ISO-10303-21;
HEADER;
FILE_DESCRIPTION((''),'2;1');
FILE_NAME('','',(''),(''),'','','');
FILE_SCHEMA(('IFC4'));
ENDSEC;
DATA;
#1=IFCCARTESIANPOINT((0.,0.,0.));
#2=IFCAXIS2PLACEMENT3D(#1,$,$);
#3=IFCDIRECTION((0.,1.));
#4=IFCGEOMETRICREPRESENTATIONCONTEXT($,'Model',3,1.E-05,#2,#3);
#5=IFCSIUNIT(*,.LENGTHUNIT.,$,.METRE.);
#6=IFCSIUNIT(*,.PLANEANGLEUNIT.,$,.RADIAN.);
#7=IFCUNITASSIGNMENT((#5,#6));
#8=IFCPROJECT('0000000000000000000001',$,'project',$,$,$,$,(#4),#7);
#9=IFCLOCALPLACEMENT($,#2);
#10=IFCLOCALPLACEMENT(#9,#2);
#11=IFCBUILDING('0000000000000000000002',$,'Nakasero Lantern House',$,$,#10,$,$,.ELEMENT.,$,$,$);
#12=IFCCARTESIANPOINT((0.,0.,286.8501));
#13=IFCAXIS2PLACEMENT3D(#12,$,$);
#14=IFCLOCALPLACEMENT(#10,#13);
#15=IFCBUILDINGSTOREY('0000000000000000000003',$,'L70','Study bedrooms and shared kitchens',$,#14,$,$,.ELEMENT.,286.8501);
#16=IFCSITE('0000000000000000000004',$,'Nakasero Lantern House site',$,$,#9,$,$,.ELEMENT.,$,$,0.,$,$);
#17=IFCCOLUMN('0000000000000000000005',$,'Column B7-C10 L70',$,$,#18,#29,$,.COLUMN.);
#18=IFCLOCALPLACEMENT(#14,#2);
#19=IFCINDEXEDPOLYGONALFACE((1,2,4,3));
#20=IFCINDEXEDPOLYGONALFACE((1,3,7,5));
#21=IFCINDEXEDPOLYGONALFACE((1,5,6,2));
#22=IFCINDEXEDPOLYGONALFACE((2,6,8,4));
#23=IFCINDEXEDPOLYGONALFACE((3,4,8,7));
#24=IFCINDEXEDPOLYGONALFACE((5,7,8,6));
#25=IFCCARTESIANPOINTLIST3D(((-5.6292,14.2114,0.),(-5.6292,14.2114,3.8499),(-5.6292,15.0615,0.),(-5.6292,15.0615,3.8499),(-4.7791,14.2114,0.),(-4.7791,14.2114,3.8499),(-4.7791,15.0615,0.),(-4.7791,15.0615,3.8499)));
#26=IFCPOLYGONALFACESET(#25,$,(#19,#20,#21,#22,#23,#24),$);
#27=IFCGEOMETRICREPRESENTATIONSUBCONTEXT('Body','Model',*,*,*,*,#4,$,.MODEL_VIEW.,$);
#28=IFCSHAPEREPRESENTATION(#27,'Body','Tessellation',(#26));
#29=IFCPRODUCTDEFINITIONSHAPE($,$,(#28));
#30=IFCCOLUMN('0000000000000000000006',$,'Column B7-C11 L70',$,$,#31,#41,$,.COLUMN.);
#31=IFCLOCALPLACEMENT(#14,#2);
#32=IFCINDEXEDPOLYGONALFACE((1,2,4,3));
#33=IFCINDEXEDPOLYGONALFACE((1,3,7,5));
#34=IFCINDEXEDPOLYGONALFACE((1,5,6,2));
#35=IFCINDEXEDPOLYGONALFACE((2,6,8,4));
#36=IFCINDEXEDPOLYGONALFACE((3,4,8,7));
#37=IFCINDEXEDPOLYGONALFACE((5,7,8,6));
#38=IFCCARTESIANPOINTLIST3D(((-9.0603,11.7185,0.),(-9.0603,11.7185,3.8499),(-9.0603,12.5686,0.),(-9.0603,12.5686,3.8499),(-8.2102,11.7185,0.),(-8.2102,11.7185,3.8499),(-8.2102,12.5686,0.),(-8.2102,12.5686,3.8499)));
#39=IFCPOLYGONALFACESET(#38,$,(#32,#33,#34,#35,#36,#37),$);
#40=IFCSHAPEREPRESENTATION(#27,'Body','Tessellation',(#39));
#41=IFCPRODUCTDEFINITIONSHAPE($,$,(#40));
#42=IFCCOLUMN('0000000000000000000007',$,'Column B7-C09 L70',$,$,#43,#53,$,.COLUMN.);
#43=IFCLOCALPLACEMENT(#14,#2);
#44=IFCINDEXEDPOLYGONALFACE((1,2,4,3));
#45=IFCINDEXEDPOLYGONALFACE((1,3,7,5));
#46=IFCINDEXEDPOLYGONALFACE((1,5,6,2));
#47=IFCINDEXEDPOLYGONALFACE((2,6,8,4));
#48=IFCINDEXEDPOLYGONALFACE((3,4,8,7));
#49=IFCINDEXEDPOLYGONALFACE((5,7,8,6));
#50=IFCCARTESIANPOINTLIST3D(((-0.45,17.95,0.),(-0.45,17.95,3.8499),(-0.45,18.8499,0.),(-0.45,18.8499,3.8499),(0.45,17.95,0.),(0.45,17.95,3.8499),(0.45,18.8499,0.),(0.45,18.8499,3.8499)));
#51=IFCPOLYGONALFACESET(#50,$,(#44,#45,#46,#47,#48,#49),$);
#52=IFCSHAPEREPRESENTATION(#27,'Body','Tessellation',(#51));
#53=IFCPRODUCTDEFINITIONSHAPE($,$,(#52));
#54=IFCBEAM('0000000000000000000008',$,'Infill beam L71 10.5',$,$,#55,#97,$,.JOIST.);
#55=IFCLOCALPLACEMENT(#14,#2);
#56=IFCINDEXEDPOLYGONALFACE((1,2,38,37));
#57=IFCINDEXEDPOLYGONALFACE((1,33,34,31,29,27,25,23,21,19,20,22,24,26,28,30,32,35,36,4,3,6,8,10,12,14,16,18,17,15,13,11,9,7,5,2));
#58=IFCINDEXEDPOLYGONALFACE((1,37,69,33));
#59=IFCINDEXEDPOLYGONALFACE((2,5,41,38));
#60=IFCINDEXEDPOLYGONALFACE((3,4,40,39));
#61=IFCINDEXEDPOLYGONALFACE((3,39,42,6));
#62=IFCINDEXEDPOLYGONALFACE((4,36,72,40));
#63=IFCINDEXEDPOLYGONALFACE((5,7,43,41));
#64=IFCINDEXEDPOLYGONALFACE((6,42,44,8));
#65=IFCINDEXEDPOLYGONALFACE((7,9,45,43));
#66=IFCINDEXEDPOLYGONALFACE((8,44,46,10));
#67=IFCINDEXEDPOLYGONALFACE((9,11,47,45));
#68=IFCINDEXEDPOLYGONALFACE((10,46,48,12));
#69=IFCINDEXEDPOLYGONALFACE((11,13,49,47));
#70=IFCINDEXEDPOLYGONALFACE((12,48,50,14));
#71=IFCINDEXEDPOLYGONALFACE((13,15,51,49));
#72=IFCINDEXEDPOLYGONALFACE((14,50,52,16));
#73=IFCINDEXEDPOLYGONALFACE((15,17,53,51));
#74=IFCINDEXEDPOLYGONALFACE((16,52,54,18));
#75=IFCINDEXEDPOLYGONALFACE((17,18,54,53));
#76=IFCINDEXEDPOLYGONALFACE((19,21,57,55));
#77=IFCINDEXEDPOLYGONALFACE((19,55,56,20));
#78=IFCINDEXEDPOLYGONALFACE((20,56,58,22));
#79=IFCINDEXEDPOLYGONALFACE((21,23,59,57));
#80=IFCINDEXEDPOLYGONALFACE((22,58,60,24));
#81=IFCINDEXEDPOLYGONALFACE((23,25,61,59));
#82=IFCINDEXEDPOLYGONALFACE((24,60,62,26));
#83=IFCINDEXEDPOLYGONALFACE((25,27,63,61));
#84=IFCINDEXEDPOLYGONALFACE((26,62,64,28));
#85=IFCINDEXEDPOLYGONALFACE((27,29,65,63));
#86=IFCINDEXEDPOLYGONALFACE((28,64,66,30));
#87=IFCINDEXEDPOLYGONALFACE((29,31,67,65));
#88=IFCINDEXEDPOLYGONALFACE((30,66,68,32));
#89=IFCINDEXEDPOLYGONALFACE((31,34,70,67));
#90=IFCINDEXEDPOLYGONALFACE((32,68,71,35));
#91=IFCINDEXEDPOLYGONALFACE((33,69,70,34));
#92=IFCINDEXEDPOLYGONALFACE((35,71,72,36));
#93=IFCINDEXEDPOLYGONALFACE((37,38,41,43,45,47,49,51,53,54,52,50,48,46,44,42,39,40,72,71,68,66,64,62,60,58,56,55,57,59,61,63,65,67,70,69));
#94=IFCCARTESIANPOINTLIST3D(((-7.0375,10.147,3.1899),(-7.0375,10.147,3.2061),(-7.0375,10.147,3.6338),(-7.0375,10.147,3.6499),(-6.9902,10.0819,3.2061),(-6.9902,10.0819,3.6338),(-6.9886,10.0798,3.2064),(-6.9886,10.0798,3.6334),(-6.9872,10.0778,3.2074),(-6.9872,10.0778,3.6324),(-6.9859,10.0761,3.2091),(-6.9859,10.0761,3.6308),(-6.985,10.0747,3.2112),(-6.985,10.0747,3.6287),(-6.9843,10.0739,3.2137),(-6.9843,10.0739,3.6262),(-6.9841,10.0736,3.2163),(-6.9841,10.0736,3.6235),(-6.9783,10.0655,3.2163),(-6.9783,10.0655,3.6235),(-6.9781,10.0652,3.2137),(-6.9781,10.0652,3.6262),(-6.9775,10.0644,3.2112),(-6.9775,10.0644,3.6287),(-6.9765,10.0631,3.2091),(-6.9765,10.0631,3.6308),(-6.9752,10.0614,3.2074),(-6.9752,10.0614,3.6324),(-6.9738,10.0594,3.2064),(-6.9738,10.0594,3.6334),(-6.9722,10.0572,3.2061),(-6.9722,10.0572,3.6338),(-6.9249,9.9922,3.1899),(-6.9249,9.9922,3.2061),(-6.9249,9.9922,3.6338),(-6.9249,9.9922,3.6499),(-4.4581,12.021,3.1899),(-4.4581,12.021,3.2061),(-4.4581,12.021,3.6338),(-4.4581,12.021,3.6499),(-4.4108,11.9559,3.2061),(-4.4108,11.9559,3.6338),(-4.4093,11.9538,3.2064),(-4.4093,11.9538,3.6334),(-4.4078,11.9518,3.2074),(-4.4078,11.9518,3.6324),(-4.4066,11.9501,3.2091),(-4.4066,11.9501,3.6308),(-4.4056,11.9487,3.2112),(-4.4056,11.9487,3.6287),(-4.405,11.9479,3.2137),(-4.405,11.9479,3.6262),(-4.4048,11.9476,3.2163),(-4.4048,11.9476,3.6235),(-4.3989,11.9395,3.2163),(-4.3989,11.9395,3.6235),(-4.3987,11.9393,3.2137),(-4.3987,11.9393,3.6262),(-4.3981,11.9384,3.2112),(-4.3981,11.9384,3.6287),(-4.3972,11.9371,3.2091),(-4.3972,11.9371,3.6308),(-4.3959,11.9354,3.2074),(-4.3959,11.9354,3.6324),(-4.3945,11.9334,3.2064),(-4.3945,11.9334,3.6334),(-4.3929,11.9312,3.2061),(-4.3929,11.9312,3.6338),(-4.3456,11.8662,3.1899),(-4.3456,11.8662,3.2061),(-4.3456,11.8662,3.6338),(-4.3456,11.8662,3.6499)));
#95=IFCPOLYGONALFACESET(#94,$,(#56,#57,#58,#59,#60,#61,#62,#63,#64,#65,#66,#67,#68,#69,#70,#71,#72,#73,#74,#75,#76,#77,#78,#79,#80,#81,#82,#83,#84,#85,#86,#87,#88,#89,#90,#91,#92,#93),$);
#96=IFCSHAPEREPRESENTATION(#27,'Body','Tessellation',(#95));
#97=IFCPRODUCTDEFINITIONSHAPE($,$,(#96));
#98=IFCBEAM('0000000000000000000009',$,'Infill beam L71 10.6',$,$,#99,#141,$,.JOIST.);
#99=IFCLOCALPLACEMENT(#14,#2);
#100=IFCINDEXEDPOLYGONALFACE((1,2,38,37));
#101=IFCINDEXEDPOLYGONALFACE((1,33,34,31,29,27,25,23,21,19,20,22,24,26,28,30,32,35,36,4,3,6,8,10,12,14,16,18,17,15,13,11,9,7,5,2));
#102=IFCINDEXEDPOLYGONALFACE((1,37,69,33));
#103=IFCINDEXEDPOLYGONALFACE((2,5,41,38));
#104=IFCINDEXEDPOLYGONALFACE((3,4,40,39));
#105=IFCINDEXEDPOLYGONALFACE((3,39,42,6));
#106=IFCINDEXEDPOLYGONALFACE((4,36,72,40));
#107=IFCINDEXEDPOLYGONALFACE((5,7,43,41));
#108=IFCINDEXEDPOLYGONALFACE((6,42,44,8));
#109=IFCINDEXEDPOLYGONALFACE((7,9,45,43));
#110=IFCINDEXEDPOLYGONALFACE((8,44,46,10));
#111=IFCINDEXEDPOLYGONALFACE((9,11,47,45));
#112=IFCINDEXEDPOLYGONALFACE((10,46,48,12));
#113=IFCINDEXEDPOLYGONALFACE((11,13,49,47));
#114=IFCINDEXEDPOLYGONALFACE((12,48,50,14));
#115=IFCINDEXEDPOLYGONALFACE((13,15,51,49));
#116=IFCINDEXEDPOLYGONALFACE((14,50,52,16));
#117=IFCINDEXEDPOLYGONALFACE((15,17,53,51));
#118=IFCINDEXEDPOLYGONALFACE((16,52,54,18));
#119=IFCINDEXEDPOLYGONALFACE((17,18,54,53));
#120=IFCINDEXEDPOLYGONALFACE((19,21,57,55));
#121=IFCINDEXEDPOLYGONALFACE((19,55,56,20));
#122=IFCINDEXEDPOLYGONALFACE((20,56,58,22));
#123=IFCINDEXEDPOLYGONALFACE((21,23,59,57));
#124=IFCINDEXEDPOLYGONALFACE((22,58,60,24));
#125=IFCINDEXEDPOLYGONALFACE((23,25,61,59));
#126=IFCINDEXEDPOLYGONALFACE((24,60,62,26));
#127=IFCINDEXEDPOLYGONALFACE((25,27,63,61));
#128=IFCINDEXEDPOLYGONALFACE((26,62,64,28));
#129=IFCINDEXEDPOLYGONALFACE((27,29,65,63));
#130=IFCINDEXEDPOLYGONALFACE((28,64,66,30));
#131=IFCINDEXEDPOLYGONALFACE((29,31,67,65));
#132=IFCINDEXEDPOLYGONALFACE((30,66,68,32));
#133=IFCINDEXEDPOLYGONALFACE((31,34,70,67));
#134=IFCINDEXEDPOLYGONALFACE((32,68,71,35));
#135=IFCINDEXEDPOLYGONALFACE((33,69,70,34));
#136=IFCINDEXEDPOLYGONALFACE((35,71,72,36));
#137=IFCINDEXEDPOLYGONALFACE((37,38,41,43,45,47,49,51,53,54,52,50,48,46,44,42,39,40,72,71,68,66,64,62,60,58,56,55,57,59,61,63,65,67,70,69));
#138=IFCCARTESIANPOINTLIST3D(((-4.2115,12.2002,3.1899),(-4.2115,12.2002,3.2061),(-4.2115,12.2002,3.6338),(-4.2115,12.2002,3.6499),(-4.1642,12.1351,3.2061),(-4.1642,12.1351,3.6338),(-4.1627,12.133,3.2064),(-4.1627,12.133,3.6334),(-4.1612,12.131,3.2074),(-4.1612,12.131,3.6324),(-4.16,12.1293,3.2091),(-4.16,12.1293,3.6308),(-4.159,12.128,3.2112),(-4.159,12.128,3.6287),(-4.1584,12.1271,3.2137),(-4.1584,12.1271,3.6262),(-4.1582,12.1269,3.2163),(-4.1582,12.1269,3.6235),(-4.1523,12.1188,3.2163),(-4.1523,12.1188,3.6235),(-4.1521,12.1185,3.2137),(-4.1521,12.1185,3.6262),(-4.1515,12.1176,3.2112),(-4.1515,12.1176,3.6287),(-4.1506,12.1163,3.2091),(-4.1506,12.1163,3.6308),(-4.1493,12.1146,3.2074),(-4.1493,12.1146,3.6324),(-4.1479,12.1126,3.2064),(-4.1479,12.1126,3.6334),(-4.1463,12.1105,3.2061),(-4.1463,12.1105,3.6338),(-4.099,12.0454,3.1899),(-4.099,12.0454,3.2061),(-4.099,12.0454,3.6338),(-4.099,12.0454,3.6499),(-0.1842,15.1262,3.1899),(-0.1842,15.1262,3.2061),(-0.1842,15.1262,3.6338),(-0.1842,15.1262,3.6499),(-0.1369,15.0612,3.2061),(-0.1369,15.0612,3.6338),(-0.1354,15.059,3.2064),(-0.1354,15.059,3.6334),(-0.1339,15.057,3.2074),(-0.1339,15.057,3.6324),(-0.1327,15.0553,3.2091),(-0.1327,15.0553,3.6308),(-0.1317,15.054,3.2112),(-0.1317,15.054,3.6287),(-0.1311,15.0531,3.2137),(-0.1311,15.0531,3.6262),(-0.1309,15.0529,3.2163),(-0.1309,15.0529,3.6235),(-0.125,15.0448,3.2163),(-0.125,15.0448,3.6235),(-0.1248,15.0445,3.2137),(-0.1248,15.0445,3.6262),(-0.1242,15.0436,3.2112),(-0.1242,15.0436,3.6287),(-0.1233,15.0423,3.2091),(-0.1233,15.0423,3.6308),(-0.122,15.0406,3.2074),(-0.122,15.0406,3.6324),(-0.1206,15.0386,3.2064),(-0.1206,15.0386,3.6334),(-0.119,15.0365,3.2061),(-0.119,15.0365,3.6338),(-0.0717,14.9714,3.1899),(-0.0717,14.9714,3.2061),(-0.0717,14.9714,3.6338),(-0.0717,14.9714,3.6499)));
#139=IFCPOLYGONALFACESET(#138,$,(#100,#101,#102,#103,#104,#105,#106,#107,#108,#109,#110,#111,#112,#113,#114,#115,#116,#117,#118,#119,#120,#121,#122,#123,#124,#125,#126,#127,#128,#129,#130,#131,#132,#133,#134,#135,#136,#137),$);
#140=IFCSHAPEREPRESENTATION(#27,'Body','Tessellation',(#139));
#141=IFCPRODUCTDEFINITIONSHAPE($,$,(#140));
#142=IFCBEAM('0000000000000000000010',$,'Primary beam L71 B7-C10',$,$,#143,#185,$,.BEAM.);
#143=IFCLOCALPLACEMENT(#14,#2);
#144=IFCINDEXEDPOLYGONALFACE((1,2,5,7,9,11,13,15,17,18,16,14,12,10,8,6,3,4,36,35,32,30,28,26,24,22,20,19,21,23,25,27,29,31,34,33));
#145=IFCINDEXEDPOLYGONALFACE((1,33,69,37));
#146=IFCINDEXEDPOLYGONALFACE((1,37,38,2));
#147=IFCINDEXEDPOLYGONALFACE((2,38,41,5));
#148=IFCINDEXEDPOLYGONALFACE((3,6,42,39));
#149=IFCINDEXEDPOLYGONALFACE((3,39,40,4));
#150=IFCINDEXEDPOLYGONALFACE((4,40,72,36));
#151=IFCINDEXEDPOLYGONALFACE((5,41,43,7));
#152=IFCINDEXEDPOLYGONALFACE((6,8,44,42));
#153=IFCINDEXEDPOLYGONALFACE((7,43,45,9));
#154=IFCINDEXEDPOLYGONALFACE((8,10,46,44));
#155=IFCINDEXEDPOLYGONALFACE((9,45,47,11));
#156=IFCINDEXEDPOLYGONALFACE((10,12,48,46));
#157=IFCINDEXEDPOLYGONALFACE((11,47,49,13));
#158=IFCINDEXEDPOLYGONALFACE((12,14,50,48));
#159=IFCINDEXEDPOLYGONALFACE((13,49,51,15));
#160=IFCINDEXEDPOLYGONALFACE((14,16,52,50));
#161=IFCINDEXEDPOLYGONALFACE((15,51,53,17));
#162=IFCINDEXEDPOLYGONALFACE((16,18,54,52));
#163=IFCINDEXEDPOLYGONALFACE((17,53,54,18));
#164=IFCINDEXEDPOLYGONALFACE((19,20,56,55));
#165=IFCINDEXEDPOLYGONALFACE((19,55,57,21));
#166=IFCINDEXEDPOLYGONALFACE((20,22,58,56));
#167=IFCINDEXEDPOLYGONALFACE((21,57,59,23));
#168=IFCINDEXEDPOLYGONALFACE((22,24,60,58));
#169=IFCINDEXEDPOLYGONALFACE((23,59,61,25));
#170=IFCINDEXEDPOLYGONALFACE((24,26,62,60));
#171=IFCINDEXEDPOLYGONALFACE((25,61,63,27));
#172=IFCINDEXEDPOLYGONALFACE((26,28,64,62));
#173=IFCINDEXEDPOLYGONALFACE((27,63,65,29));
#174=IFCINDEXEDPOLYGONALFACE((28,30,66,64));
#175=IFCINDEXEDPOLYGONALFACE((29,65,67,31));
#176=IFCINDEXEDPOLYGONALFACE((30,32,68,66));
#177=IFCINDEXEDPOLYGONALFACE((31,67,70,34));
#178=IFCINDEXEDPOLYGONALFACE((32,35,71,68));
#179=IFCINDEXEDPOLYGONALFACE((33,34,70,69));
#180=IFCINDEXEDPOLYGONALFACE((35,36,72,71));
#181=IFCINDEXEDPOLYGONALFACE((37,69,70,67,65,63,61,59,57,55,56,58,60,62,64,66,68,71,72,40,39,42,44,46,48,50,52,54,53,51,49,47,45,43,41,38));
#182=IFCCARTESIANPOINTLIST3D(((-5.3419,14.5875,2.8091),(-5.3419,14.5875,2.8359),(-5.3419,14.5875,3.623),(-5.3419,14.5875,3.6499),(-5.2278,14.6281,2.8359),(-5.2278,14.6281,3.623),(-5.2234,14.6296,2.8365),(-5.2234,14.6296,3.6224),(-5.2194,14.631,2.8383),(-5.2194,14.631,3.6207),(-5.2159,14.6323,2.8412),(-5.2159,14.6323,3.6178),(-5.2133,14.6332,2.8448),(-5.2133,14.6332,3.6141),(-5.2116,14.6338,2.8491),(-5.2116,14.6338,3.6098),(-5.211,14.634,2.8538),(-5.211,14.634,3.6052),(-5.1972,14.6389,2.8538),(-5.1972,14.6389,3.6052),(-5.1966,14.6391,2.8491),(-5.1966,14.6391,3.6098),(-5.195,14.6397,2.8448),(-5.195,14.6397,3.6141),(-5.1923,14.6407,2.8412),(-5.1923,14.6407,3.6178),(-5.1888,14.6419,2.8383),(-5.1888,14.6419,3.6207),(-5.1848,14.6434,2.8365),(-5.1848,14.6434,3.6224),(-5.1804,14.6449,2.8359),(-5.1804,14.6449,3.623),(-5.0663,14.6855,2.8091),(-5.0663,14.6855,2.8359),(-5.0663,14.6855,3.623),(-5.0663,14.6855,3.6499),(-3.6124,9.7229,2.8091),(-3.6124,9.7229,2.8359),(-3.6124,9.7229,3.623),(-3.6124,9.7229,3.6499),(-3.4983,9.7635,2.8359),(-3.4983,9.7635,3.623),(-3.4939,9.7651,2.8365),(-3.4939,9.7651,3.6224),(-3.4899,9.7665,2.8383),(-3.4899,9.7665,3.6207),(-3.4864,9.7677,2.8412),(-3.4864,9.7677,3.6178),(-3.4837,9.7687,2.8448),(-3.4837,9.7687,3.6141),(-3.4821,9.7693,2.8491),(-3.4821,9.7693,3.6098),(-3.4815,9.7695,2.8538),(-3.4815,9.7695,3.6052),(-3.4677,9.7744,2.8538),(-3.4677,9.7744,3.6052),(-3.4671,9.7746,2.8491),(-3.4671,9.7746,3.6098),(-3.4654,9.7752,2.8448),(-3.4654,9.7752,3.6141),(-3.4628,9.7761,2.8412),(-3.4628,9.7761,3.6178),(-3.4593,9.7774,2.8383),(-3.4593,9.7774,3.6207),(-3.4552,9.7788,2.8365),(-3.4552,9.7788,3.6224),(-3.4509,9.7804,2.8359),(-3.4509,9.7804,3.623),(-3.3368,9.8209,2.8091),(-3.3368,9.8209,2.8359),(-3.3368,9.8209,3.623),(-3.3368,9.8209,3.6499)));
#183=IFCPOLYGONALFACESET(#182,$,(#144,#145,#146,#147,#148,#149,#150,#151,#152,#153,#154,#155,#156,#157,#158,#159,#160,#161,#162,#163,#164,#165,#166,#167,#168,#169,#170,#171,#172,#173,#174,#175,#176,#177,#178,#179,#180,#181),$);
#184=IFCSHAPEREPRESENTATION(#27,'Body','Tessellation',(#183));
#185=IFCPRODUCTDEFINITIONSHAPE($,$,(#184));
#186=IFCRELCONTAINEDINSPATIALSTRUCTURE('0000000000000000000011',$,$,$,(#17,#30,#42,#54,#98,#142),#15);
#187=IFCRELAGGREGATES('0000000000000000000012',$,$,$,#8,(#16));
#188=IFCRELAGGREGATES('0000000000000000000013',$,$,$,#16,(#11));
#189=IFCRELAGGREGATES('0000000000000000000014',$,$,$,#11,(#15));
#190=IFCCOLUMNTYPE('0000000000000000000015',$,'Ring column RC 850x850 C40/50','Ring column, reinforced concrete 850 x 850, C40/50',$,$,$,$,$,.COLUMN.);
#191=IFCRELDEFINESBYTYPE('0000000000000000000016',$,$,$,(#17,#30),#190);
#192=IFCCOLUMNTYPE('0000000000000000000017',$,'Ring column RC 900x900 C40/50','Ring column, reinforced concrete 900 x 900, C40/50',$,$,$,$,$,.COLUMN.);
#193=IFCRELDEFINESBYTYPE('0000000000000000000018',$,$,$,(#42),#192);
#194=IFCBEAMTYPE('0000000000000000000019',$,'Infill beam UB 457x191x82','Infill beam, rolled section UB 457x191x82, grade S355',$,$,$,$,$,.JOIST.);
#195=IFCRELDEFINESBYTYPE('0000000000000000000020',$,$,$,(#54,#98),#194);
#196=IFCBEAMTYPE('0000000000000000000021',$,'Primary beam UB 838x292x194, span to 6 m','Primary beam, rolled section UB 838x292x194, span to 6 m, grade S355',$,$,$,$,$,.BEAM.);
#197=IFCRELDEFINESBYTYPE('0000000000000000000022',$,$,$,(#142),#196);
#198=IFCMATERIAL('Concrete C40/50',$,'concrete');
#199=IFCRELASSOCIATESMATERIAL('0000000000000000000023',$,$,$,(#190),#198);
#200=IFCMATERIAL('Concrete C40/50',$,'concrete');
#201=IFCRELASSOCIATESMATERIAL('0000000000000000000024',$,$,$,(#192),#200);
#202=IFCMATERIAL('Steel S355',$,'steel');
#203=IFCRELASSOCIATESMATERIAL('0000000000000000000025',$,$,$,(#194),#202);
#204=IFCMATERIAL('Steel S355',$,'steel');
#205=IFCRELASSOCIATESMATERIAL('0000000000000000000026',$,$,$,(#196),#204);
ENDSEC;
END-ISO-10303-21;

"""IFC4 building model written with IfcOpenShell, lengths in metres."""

from ifc_helpers import new_model, si_unit, direction, frame, origin, origin_2d, place, context, subcontext, project, spatial, rectangle, i_section, extrude, material, material_profile, profile_set, type_object, element, save


model = new_model("IFC4")

# Units and contexts
model_context = context("Model", 3, precision=1e-05, world=origin(), true_north=direction((0.0, 1.0)))
body_context = subcontext(model_context, "Body", "Model", "MODEL_VIEW")
ifc_project = project(units=[si_unit("LENGTHUNIT", "METRE"), si_unit("PLANEANGLEUNIT", "RADIAN")], contexts=[model_context])

# Site, building, storey
site_placement = place(None, origin())
site = spatial("IfcSite", under=ifc_project, at=site_placement, Name="Nakasero Lantern House site", CompositionType="ELEMENT", RefElevation=0.0)
building_placement = place(site_placement, origin())
building = spatial("IfcBuilding", under=site, at=building_placement, Name="Nakasero Lantern House", CompositionType="ELEMENT")
storey_placement = place(building_placement, frame((0.0, 0.0, 286.8501)))
storey = spatial("IfcBuildingStorey", under=building, at=storey_placement, Name="L70", Description="Study bedrooms and shared kitchens", CompositionType="ELEMENT", Elevation=286.8501)

# Columns
ifc_material_1 = material(Name="Concrete C40/50", Category="concrete")
ifc_material_profile_1 = material_profile(ifc_material_1, rectangle(XDim=0.8501, YDim=0.8501, at=origin_2d()), Name="RC 850x850")
ifc_profile_set_1 = profile_set([ifc_material_profile_1], Name="Concrete C40/50")
column_type_1 = type_object("IfcColumnType", Name="Ring column RC 850x850 C40/50", Description="Ring column, reinforced concrete 850 x 850, C40/50", PredefinedType="COLUMN", material=ifc_profile_set_1)
for number, where, z_axis, x_axis, name in (
    (1, (-5.2041, 14.6365, 0.0), (0.0, 0.0, 1.0), (1.0, 0.0, 0.0), "Column B7-C10 L70"),
    (2, (-8.6353, 12.1436, 0.0), (0.0, 0.0, 1.0), (1.0, 0.0, 0.0), "Column B7-C11 L70"),
):
    element("IfcColumn", number, at=place(storey_placement, frame(where, z_axis=z_axis, x_axis=x_axis)), inside=storey, type_object=column_type_1, Name=name, PredefinedType="COLUMN", context=body_context, shape_type="SweptSolid", body=[
        extrude(rectangle(XDim=0.8501, YDim=0.8501, at=origin_2d()), origin(), (0.0, 0.0, 1.0), 3.8499),
    ])
ifc_material_2 = material(Name="Concrete C40/50", Category="concrete")
ifc_material_profile_2 = material_profile(ifc_material_2, rectangle(XDim=0.8999, YDim=0.8999, at=origin_2d()), Name="RC 900x900")
ifc_profile_set_2 = profile_set([ifc_material_profile_2], Name="Concrete C40/50")
column_type_2 = type_object("IfcColumnType", Name="Ring column RC 900x900 C40/50", Description="Ring column, reinforced concrete 900 x 900, C40/50", PredefinedType="COLUMN", material=ifc_profile_set_2)
column_placement = place(storey_placement, frame((0.0, 18.3999, 0.0), z_axis=(0.0, 0.0, 1.0), x_axis=(1.0, 0.0, 0.0)))
element("IfcColumn", 3, at=column_placement, inside=storey, type_object=column_type_2, Name="Column B7-C09 L70", PredefinedType="COLUMN", context=body_context, shape_type="SweptSolid", body=[
    extrude(rectangle(XDim=0.8999, YDim=0.8999, at=origin_2d()), origin(), (0.0, 0.0, 1.0), 3.8499),
])

# Beams
ifc_material_3 = material(Name="Steel S355", Category="steel")
ifc_material_profile_3 = material_profile(ifc_material_3, i_section(OverallWidth=0.1914, OverallDepth=0.46, WebThickness=0.01, FlangeThickness=0.0161, FilletRadius=0.0103, at=origin_2d()), Name="UB 457x191x82")
ifc_profile_set_3 = profile_set([ifc_material_profile_3], Name="Steel S355")
beam_type_1 = type_object("IfcBeamType", Name="Infill beam UB 457x191x82", Description="Infill beam, rolled section UB 457x191x82, grade S355", PredefinedType="JOIST", material=ifc_profile_set_3)
beam_1_placement = place(storey_placement, frame((-6.9812, 10.0696, 3.4199), z_axis=(0.809014, 0.587789, 0.0), x_axis=(-0.587789, 0.809014, 0.0)))
element("IfcBeam", 4, at=beam_1_placement, inside=storey, type_object=beam_type_1, Name="Infill beam L71 10.5", PredefinedType="JOIST", context=body_context, shape_type="SweptSolid", body=[
    extrude(i_section(OverallWidth=0.1914, OverallDepth=0.46, WebThickness=0.01, FlangeThickness=0.0161, FilletRadius=0.0103, at=origin_2d()), origin(), (0.0, 0.0, 1.0), 3.1882),
])
beam_2_placement = place(storey_placement, frame((-4.1553, 12.1228, 3.4199), z_axis=(0.809018, 0.587784, 0.0), x_axis=(-0.587784, 0.809018, 0.0)))
element("IfcBeam", 5, at=beam_2_placement, inside=storey, type_object=beam_type_1, Name="Infill beam L71 10.6", PredefinedType="JOIST", context=body_context, shape_type="SweptSolid", body=[
    extrude(i_section(OverallWidth=0.1914, OverallDepth=0.46, WebThickness=0.01, FlangeThickness=0.0161, FilletRadius=0.0103, at=origin_2d()), origin(), (0.0, 0.0, 1.0), 4.978),
])
ifc_material_4 = material(Name="Steel S355", Category="steel")
ifc_material_profile_4 = material_profile(ifc_material_4, i_section(OverallWidth=0.2925, OverallDepth=0.8408, WebThickness=0.0146, FlangeThickness=0.0269, FilletRadius=0.0178, at=origin_2d()), Name="UB 838x292x194")
ifc_profile_set_4 = profile_set([ifc_material_profile_4], Name="Steel S355")
beam_type_2 = type_object("IfcBeamType", Name="Primary beam UB 838x292x194, span to 6 m", Description="Primary beam, rolled section UB 838x292x194, span to 6 m, grade S355", PredefinedType="BEAM", material=ifc_profile_set_4)
beam_3_placement = place(storey_placement, frame((-5.2041, 14.6365, 3.2295), z_axis=(0.334991, -0.942221, 0.0), x_axis=(0.942221, 0.334991, 0.0)))
element("IfcBeam", 6, at=beam_3_placement, inside=storey, type_object=beam_type_2, Name="Primary beam L71 B7-C10", PredefinedType="BEAM", context=body_context, shape_type="SweptSolid", body=[
    extrude(i_section(OverallWidth=0.2925, OverallDepth=0.8408, WebThickness=0.0146, FlangeThickness=0.0269, FilletRadius=0.0178, at=origin_2d()), origin(), (0.0, 0.0, 1.0), 5.1628),
])

save(model, "model.ifc")
